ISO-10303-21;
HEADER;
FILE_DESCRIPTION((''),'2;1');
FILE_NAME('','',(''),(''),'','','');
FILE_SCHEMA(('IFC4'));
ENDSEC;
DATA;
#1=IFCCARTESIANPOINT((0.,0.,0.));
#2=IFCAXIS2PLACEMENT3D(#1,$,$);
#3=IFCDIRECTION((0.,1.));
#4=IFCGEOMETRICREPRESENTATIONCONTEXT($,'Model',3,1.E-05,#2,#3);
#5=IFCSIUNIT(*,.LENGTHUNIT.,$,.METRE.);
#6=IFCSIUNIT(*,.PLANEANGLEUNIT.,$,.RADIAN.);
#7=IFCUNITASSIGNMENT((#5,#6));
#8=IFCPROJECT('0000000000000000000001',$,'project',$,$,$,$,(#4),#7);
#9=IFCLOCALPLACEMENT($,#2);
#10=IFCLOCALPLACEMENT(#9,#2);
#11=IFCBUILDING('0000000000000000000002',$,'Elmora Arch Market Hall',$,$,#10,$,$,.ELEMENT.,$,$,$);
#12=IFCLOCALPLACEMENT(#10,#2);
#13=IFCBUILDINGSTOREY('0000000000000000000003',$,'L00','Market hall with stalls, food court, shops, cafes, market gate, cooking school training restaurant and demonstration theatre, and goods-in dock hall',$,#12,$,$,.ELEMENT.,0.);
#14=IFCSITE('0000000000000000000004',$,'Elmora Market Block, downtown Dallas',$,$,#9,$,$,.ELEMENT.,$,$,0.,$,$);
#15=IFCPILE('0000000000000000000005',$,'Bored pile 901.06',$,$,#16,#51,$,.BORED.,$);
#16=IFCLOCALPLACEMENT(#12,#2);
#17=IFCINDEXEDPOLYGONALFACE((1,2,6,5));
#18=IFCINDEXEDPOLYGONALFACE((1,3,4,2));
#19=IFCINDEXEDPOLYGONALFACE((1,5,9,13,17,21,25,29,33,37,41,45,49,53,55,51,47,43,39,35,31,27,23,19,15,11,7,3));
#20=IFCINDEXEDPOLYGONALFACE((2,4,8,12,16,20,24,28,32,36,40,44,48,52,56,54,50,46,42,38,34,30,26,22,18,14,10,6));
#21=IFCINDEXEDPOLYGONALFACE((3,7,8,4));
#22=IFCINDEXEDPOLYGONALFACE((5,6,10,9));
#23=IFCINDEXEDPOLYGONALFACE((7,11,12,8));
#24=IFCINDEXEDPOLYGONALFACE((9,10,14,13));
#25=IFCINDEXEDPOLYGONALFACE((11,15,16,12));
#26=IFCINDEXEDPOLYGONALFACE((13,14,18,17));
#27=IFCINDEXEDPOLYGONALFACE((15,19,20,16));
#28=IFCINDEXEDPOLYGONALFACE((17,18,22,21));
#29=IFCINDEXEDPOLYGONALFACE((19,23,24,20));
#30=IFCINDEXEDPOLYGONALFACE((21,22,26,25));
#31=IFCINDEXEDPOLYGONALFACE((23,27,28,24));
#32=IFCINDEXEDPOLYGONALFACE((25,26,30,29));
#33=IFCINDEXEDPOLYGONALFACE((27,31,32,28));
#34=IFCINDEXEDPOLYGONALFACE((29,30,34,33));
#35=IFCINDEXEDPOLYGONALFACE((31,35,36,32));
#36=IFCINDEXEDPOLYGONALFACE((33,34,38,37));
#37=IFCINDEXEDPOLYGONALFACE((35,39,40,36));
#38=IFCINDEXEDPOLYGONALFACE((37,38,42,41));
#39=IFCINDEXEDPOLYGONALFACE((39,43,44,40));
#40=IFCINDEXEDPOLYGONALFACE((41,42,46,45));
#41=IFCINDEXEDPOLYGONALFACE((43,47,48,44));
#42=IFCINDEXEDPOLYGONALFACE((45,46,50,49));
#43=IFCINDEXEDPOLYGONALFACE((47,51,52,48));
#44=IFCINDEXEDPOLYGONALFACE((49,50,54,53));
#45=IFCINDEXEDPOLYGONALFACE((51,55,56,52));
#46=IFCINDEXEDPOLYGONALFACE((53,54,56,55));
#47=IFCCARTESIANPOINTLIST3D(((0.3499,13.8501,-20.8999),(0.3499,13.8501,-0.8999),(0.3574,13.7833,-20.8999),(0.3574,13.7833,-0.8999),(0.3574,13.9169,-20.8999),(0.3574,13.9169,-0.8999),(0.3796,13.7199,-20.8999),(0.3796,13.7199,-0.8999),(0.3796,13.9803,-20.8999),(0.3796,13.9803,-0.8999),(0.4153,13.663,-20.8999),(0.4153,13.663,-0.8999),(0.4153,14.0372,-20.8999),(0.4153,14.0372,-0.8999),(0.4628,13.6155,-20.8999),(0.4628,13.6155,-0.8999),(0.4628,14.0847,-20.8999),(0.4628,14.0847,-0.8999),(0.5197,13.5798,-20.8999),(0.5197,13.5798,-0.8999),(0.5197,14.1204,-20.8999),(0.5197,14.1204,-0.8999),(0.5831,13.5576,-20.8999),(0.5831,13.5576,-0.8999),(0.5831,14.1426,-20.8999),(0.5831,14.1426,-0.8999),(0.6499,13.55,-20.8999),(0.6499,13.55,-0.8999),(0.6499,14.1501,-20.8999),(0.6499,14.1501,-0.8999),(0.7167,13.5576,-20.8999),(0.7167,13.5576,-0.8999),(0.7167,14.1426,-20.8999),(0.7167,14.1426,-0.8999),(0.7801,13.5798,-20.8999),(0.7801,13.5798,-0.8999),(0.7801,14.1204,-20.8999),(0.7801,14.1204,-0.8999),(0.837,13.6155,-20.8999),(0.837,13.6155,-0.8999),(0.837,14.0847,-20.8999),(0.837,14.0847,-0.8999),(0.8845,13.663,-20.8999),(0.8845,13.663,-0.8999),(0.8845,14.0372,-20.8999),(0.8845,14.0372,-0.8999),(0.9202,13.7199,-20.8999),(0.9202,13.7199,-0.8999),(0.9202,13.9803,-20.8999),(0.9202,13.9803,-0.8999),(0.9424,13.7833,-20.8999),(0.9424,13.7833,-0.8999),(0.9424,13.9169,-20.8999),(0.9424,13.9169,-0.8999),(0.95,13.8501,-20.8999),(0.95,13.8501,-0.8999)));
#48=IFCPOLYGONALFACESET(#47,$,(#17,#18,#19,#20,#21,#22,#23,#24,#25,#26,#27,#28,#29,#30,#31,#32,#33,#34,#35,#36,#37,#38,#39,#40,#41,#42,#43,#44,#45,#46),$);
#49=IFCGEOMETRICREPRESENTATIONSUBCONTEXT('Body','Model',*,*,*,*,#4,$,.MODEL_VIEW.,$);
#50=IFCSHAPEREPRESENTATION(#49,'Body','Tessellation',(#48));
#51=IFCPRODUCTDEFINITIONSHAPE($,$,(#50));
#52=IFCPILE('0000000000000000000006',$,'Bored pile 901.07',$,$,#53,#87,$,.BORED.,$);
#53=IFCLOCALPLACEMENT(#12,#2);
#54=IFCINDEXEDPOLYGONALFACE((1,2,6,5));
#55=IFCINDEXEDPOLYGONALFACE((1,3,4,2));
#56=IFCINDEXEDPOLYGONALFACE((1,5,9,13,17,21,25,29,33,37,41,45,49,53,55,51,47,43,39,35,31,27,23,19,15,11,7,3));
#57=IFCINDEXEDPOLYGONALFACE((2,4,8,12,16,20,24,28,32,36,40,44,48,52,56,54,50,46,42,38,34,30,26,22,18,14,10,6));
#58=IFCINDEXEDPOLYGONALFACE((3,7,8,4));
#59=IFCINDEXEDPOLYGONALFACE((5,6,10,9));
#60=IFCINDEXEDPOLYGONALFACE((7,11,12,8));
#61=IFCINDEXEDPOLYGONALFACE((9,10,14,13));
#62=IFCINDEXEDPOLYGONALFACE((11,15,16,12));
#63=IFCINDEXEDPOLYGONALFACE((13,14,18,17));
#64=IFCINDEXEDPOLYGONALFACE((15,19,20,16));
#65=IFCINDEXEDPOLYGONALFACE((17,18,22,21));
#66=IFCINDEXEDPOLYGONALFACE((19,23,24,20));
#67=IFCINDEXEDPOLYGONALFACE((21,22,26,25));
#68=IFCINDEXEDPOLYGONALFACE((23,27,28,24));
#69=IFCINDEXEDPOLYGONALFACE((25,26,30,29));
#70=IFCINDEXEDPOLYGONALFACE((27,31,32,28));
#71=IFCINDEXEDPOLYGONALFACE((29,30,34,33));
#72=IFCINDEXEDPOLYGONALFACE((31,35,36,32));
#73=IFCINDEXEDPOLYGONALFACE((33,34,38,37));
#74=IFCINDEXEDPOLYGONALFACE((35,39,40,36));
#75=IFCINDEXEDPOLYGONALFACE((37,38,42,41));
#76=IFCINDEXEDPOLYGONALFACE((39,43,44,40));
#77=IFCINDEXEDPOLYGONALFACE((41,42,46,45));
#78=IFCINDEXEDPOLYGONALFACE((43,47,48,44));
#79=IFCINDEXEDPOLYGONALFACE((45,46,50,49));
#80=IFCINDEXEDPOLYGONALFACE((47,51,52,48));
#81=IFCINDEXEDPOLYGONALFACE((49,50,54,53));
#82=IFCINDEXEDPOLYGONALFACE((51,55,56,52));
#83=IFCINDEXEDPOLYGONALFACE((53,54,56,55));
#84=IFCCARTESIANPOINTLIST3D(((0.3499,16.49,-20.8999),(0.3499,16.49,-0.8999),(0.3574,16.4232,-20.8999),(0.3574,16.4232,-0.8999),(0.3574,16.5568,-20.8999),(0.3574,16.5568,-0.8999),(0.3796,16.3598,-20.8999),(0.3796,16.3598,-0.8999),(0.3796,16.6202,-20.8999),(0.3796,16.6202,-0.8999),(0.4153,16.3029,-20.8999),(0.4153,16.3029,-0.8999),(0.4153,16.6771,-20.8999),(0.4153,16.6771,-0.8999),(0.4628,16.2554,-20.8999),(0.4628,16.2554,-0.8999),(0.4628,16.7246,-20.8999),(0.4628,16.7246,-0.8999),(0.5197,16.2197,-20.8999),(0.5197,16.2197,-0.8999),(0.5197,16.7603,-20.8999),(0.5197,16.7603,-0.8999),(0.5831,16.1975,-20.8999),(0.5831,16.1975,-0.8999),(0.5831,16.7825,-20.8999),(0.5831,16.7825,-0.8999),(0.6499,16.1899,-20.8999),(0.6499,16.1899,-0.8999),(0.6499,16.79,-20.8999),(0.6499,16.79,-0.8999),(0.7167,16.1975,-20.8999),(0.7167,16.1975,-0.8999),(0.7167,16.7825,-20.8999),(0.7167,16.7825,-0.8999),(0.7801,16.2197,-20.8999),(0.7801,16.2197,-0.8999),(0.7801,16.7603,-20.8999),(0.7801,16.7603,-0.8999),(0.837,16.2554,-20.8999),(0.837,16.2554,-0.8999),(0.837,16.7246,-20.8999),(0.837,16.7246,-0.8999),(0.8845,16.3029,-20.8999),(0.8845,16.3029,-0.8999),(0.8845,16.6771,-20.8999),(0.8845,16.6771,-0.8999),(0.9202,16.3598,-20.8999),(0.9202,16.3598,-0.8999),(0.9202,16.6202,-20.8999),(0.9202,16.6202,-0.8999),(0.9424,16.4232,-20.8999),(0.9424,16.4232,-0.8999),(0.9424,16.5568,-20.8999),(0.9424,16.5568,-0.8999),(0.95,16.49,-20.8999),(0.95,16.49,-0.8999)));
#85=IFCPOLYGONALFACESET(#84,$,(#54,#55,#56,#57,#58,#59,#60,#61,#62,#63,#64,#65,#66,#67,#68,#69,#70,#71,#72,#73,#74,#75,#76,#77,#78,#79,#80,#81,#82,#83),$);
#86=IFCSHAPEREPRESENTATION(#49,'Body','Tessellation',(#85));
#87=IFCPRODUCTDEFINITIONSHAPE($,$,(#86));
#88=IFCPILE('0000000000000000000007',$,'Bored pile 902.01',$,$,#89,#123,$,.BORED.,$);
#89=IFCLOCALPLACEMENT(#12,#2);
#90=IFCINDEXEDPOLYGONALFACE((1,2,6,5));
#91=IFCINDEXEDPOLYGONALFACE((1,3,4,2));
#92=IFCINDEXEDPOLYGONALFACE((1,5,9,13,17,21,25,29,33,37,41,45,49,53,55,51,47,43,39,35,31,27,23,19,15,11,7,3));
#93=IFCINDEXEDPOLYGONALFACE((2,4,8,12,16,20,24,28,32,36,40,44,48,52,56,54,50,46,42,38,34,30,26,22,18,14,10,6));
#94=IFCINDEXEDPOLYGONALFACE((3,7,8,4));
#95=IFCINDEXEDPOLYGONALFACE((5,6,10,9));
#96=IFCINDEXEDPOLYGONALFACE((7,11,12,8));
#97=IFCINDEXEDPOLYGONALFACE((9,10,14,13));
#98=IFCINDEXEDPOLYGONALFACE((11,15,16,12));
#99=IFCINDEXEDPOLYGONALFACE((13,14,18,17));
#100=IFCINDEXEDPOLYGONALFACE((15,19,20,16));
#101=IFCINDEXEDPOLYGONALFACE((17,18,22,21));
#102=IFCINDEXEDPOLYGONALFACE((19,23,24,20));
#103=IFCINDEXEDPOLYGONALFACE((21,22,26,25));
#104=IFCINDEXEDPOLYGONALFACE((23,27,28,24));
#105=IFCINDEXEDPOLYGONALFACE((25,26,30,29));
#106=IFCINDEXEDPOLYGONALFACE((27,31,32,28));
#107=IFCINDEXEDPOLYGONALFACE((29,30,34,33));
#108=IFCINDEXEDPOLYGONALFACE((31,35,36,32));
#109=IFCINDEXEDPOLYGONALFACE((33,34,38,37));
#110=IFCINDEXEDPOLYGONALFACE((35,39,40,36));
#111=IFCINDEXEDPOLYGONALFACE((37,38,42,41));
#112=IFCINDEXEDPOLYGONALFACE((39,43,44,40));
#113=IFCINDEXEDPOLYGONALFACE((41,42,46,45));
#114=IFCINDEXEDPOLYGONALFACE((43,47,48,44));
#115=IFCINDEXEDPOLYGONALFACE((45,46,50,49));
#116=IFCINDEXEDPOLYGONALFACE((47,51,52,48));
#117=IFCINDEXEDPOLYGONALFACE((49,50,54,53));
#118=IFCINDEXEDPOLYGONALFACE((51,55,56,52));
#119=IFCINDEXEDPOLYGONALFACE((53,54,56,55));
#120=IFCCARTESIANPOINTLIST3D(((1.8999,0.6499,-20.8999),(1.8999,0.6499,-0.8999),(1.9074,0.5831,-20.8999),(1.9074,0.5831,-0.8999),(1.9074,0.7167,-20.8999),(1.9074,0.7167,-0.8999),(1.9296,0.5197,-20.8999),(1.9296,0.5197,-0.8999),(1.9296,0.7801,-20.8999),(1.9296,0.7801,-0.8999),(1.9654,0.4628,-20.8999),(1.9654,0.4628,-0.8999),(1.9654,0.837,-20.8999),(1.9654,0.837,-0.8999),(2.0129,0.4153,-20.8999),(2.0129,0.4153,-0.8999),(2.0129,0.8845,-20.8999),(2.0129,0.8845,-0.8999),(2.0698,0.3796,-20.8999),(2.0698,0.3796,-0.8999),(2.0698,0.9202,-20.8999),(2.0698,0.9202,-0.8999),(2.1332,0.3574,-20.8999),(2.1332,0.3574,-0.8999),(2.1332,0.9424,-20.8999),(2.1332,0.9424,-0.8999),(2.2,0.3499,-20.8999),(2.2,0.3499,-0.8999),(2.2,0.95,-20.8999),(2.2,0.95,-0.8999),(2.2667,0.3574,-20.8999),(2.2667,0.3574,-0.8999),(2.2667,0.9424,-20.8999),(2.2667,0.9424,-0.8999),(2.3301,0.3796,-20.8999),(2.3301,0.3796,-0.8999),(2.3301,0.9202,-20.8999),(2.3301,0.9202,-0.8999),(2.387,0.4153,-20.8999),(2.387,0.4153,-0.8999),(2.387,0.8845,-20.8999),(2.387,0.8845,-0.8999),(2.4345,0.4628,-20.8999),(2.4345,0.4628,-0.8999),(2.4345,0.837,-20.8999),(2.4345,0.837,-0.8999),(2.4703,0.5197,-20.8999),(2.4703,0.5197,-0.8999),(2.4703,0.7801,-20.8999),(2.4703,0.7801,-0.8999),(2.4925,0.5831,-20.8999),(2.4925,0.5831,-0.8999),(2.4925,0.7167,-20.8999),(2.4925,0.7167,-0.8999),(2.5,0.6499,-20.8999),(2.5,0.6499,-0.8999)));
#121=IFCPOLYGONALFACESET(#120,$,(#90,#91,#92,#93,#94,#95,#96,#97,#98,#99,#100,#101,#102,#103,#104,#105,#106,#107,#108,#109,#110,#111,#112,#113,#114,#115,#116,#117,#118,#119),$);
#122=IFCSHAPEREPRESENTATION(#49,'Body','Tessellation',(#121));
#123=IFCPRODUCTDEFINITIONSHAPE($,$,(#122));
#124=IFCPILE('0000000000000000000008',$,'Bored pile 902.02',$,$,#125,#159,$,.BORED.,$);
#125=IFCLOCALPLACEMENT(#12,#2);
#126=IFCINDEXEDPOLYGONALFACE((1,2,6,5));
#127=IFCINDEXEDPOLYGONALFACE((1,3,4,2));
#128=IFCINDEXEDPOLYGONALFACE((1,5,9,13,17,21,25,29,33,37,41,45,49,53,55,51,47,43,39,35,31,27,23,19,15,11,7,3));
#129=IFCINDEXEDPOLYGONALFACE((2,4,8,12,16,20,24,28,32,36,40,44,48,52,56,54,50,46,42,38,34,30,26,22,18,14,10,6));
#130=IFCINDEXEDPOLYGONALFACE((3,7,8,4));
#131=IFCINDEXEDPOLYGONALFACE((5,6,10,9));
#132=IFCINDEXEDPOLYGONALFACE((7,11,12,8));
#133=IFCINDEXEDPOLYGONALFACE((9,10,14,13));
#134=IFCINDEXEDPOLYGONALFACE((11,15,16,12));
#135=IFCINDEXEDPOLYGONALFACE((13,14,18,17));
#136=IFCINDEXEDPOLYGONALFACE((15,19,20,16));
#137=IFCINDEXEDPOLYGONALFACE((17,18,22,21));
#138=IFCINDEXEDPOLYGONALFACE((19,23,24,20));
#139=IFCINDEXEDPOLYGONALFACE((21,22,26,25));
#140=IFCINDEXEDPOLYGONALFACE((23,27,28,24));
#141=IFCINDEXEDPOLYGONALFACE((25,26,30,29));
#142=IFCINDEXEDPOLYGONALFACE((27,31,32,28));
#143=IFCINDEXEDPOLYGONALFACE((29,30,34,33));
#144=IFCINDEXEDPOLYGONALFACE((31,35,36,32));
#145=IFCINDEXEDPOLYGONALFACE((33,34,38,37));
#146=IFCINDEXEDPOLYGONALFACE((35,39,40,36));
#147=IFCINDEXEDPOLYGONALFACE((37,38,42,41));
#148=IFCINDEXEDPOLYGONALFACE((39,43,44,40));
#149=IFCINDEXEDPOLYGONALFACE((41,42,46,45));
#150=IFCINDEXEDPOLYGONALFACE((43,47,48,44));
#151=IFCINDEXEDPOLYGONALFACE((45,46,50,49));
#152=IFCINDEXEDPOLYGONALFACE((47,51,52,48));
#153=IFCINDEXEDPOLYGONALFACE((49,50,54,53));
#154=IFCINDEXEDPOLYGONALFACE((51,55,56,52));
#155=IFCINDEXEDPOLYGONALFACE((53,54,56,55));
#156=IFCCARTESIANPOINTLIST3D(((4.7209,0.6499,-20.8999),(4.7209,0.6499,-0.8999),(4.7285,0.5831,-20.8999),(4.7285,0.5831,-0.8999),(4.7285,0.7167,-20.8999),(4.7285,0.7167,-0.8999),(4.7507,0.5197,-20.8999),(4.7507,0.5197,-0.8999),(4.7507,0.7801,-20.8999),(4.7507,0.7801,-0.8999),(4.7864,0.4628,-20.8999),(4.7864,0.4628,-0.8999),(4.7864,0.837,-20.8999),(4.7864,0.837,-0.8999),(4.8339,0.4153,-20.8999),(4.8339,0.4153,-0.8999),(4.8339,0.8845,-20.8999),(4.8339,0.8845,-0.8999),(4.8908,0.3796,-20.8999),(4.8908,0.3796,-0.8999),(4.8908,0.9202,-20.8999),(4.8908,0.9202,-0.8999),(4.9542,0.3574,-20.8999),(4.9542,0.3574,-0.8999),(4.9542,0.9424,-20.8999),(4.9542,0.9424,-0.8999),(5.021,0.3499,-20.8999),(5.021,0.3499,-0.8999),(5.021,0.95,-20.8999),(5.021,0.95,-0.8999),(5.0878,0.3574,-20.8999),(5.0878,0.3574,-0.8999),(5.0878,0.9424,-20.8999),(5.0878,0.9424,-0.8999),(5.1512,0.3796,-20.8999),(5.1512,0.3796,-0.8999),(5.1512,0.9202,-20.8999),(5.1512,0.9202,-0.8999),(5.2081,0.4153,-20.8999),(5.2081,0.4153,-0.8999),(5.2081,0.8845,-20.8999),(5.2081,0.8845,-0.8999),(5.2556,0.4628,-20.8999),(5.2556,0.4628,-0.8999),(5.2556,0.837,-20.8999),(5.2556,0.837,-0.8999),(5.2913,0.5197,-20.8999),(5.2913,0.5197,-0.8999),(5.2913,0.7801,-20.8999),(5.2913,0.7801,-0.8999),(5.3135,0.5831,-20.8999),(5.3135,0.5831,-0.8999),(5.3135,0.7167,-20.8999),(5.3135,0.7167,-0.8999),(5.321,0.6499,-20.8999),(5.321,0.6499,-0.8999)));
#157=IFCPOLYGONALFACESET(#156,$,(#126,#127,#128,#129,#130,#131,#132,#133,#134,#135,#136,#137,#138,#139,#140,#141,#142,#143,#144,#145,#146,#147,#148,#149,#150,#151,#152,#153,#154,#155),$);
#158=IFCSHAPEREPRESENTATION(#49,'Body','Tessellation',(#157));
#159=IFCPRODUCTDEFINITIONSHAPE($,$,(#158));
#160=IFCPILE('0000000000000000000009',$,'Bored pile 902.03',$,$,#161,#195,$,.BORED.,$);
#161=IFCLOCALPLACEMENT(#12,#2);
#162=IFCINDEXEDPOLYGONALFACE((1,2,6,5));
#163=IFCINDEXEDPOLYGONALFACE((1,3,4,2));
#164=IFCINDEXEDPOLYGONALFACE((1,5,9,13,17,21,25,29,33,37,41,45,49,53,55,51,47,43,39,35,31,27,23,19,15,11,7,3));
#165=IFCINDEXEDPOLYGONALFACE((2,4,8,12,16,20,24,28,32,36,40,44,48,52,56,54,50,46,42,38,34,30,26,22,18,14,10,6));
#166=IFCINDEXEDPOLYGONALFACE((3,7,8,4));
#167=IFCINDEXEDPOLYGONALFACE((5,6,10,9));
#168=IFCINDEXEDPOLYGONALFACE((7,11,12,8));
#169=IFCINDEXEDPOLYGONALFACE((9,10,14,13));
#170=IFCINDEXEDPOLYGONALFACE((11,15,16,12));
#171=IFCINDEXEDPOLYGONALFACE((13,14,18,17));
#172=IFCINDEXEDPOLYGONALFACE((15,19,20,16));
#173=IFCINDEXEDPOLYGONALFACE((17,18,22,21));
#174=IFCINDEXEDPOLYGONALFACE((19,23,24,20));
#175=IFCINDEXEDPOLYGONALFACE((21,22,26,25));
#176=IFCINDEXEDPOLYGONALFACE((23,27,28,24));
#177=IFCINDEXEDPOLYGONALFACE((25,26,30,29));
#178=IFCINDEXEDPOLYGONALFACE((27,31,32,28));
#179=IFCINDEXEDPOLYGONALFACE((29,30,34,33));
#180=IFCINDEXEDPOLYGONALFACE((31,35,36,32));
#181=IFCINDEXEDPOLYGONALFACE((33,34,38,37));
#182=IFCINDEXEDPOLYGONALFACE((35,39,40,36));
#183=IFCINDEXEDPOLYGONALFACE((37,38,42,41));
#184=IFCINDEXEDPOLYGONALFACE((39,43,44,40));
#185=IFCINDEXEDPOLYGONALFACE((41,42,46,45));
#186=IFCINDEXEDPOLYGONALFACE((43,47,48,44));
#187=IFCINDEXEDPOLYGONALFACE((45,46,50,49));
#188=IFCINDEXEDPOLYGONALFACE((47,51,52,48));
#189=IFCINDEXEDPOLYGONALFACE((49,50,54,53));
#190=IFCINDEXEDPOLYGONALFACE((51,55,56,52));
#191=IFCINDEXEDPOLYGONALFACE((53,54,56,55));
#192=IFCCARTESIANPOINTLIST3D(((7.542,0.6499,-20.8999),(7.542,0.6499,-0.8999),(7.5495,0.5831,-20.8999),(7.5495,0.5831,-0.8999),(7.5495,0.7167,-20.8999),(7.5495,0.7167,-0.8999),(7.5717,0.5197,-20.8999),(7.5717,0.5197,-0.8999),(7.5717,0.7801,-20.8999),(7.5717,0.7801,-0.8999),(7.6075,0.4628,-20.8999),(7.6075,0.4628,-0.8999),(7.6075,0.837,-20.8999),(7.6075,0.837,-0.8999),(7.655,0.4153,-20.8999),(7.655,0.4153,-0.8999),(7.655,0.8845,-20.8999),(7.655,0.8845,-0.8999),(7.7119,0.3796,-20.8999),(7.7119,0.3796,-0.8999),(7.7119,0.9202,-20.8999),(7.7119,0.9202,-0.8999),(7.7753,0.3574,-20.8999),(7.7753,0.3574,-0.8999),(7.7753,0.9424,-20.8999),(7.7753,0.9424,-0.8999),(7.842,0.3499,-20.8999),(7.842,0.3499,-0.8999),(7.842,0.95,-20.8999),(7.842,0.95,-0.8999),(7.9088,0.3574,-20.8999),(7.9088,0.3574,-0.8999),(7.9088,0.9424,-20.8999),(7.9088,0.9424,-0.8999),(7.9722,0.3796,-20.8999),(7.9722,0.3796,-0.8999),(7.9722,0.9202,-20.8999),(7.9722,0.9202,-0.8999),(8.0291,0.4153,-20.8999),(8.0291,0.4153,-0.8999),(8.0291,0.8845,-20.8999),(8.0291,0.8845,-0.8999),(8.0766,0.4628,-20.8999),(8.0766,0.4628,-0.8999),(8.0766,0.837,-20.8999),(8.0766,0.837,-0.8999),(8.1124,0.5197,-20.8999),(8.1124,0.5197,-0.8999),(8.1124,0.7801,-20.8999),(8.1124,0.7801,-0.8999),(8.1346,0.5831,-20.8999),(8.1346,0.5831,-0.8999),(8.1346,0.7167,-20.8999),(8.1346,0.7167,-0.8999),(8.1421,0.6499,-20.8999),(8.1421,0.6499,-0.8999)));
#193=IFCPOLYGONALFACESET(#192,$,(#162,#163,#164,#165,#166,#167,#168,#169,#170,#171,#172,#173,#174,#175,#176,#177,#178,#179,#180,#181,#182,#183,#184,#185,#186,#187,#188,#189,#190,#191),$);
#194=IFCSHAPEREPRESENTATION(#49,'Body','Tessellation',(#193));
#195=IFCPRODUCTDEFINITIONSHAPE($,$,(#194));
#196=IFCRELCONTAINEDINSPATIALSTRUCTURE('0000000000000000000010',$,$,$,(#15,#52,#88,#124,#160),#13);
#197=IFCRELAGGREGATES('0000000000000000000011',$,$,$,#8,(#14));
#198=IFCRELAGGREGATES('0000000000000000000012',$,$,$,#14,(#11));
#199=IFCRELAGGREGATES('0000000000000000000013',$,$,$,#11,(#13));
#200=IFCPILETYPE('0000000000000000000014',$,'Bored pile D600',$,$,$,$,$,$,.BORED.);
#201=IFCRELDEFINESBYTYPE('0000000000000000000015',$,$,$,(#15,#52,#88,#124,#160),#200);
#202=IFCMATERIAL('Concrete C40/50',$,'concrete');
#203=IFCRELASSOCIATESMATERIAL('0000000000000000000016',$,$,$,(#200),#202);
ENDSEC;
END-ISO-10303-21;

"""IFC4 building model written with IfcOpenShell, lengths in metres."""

from ifc_helpers import new_model, si_unit, direction, frame, origin, origin_2d, place, context, subcontext, project, spatial, circle, extrude, material, material_profile, profile_set, type_object, element, save


model = new_model("IFC4")

# Units and contexts
model_context = context("Model", 3, precision=1e-05, world=origin(), true_north=direction((0.0, 1.0)))
body_context = subcontext(model_context, "Body", "Model", "MODEL_VIEW")
ifc_project = project(units=[si_unit("LENGTHUNIT", "METRE"), si_unit("PLANEANGLEUNIT", "RADIAN")], contexts=[model_context])

# Site, building, storey
site_placement = place(None, origin())
site = spatial("IfcSite", under=ifc_project, at=site_placement, Name="Elmora Market Block, downtown Dallas", CompositionType="ELEMENT", RefElevation=0.0)
building_placement = place(site_placement, origin())
building = spatial("IfcBuilding", under=site, at=building_placement, Name="Elmora Arch Market Hall", CompositionType="ELEMENT")
storey_placement = place(building_placement, origin())
storey = spatial("IfcBuildingStorey", under=building, at=storey_placement, Name="L00", Description="Market hall with stalls, food court, shops, cafes, market gate, cooking school training restaurant and demonstration theatre, and goods-in dock hall", CompositionType="ELEMENT", Elevation=0.0)

# Piles
ifc_material_1 = material(Name="Concrete C40/50", Category="concrete")
ifc_material_profile_1 = material_profile(ifc_material_1, circle(Radius=0.3, at=origin_2d()), Name="Bored pile D600")
ifc_profile_set_1 = profile_set([ifc_material_profile_1], Name="Concrete C40/50")
pile_type = type_object("IfcPileType", Name="Bored pile D600", PredefinedType="BORED", material=ifc_profile_set_1)
for number, where, z_axis, x_axis, name in (
    (1, (0.6499, 13.8501, -0.8999), (0.0, 0.0, -1.0), (1.0, 0.0, 0.0), "Bored pile 901.06"),
    (2, (0.6499, 16.49, -0.8999), (0.0, 0.0, -1.0), (1.0, 0.0, 0.0), "Bored pile 901.07"),
    (3, (2.2, 0.6499, -0.8999), (0.0, 0.0, -1.0), (1.0, 0.0, 0.0), "Bored pile 902.01"),
    (4, (5.021, 0.6499, -0.8999), (0.0, 0.0, -1.0), (1.0, 0.0, 0.0), "Bored pile 902.02"),
    (5, (7.842, 0.6499, -0.8999), (0.0, 0.0, -1.0), (1.0, 0.0, 0.0), "Bored pile 902.03"),
):
    element("IfcPile", number, at=place(storey_placement, frame(where, z_axis=z_axis, x_axis=x_axis)), inside=storey, type_object=pile_type, Name=name, PredefinedType="BORED", context=body_context, shape_type="SweptSolid", body=[
        extrude(circle(Radius=0.3, at=origin_2d()), origin(), (0.0, 0.0, 1.0), 20.0),
    ])

save(model, "model.ifc")
